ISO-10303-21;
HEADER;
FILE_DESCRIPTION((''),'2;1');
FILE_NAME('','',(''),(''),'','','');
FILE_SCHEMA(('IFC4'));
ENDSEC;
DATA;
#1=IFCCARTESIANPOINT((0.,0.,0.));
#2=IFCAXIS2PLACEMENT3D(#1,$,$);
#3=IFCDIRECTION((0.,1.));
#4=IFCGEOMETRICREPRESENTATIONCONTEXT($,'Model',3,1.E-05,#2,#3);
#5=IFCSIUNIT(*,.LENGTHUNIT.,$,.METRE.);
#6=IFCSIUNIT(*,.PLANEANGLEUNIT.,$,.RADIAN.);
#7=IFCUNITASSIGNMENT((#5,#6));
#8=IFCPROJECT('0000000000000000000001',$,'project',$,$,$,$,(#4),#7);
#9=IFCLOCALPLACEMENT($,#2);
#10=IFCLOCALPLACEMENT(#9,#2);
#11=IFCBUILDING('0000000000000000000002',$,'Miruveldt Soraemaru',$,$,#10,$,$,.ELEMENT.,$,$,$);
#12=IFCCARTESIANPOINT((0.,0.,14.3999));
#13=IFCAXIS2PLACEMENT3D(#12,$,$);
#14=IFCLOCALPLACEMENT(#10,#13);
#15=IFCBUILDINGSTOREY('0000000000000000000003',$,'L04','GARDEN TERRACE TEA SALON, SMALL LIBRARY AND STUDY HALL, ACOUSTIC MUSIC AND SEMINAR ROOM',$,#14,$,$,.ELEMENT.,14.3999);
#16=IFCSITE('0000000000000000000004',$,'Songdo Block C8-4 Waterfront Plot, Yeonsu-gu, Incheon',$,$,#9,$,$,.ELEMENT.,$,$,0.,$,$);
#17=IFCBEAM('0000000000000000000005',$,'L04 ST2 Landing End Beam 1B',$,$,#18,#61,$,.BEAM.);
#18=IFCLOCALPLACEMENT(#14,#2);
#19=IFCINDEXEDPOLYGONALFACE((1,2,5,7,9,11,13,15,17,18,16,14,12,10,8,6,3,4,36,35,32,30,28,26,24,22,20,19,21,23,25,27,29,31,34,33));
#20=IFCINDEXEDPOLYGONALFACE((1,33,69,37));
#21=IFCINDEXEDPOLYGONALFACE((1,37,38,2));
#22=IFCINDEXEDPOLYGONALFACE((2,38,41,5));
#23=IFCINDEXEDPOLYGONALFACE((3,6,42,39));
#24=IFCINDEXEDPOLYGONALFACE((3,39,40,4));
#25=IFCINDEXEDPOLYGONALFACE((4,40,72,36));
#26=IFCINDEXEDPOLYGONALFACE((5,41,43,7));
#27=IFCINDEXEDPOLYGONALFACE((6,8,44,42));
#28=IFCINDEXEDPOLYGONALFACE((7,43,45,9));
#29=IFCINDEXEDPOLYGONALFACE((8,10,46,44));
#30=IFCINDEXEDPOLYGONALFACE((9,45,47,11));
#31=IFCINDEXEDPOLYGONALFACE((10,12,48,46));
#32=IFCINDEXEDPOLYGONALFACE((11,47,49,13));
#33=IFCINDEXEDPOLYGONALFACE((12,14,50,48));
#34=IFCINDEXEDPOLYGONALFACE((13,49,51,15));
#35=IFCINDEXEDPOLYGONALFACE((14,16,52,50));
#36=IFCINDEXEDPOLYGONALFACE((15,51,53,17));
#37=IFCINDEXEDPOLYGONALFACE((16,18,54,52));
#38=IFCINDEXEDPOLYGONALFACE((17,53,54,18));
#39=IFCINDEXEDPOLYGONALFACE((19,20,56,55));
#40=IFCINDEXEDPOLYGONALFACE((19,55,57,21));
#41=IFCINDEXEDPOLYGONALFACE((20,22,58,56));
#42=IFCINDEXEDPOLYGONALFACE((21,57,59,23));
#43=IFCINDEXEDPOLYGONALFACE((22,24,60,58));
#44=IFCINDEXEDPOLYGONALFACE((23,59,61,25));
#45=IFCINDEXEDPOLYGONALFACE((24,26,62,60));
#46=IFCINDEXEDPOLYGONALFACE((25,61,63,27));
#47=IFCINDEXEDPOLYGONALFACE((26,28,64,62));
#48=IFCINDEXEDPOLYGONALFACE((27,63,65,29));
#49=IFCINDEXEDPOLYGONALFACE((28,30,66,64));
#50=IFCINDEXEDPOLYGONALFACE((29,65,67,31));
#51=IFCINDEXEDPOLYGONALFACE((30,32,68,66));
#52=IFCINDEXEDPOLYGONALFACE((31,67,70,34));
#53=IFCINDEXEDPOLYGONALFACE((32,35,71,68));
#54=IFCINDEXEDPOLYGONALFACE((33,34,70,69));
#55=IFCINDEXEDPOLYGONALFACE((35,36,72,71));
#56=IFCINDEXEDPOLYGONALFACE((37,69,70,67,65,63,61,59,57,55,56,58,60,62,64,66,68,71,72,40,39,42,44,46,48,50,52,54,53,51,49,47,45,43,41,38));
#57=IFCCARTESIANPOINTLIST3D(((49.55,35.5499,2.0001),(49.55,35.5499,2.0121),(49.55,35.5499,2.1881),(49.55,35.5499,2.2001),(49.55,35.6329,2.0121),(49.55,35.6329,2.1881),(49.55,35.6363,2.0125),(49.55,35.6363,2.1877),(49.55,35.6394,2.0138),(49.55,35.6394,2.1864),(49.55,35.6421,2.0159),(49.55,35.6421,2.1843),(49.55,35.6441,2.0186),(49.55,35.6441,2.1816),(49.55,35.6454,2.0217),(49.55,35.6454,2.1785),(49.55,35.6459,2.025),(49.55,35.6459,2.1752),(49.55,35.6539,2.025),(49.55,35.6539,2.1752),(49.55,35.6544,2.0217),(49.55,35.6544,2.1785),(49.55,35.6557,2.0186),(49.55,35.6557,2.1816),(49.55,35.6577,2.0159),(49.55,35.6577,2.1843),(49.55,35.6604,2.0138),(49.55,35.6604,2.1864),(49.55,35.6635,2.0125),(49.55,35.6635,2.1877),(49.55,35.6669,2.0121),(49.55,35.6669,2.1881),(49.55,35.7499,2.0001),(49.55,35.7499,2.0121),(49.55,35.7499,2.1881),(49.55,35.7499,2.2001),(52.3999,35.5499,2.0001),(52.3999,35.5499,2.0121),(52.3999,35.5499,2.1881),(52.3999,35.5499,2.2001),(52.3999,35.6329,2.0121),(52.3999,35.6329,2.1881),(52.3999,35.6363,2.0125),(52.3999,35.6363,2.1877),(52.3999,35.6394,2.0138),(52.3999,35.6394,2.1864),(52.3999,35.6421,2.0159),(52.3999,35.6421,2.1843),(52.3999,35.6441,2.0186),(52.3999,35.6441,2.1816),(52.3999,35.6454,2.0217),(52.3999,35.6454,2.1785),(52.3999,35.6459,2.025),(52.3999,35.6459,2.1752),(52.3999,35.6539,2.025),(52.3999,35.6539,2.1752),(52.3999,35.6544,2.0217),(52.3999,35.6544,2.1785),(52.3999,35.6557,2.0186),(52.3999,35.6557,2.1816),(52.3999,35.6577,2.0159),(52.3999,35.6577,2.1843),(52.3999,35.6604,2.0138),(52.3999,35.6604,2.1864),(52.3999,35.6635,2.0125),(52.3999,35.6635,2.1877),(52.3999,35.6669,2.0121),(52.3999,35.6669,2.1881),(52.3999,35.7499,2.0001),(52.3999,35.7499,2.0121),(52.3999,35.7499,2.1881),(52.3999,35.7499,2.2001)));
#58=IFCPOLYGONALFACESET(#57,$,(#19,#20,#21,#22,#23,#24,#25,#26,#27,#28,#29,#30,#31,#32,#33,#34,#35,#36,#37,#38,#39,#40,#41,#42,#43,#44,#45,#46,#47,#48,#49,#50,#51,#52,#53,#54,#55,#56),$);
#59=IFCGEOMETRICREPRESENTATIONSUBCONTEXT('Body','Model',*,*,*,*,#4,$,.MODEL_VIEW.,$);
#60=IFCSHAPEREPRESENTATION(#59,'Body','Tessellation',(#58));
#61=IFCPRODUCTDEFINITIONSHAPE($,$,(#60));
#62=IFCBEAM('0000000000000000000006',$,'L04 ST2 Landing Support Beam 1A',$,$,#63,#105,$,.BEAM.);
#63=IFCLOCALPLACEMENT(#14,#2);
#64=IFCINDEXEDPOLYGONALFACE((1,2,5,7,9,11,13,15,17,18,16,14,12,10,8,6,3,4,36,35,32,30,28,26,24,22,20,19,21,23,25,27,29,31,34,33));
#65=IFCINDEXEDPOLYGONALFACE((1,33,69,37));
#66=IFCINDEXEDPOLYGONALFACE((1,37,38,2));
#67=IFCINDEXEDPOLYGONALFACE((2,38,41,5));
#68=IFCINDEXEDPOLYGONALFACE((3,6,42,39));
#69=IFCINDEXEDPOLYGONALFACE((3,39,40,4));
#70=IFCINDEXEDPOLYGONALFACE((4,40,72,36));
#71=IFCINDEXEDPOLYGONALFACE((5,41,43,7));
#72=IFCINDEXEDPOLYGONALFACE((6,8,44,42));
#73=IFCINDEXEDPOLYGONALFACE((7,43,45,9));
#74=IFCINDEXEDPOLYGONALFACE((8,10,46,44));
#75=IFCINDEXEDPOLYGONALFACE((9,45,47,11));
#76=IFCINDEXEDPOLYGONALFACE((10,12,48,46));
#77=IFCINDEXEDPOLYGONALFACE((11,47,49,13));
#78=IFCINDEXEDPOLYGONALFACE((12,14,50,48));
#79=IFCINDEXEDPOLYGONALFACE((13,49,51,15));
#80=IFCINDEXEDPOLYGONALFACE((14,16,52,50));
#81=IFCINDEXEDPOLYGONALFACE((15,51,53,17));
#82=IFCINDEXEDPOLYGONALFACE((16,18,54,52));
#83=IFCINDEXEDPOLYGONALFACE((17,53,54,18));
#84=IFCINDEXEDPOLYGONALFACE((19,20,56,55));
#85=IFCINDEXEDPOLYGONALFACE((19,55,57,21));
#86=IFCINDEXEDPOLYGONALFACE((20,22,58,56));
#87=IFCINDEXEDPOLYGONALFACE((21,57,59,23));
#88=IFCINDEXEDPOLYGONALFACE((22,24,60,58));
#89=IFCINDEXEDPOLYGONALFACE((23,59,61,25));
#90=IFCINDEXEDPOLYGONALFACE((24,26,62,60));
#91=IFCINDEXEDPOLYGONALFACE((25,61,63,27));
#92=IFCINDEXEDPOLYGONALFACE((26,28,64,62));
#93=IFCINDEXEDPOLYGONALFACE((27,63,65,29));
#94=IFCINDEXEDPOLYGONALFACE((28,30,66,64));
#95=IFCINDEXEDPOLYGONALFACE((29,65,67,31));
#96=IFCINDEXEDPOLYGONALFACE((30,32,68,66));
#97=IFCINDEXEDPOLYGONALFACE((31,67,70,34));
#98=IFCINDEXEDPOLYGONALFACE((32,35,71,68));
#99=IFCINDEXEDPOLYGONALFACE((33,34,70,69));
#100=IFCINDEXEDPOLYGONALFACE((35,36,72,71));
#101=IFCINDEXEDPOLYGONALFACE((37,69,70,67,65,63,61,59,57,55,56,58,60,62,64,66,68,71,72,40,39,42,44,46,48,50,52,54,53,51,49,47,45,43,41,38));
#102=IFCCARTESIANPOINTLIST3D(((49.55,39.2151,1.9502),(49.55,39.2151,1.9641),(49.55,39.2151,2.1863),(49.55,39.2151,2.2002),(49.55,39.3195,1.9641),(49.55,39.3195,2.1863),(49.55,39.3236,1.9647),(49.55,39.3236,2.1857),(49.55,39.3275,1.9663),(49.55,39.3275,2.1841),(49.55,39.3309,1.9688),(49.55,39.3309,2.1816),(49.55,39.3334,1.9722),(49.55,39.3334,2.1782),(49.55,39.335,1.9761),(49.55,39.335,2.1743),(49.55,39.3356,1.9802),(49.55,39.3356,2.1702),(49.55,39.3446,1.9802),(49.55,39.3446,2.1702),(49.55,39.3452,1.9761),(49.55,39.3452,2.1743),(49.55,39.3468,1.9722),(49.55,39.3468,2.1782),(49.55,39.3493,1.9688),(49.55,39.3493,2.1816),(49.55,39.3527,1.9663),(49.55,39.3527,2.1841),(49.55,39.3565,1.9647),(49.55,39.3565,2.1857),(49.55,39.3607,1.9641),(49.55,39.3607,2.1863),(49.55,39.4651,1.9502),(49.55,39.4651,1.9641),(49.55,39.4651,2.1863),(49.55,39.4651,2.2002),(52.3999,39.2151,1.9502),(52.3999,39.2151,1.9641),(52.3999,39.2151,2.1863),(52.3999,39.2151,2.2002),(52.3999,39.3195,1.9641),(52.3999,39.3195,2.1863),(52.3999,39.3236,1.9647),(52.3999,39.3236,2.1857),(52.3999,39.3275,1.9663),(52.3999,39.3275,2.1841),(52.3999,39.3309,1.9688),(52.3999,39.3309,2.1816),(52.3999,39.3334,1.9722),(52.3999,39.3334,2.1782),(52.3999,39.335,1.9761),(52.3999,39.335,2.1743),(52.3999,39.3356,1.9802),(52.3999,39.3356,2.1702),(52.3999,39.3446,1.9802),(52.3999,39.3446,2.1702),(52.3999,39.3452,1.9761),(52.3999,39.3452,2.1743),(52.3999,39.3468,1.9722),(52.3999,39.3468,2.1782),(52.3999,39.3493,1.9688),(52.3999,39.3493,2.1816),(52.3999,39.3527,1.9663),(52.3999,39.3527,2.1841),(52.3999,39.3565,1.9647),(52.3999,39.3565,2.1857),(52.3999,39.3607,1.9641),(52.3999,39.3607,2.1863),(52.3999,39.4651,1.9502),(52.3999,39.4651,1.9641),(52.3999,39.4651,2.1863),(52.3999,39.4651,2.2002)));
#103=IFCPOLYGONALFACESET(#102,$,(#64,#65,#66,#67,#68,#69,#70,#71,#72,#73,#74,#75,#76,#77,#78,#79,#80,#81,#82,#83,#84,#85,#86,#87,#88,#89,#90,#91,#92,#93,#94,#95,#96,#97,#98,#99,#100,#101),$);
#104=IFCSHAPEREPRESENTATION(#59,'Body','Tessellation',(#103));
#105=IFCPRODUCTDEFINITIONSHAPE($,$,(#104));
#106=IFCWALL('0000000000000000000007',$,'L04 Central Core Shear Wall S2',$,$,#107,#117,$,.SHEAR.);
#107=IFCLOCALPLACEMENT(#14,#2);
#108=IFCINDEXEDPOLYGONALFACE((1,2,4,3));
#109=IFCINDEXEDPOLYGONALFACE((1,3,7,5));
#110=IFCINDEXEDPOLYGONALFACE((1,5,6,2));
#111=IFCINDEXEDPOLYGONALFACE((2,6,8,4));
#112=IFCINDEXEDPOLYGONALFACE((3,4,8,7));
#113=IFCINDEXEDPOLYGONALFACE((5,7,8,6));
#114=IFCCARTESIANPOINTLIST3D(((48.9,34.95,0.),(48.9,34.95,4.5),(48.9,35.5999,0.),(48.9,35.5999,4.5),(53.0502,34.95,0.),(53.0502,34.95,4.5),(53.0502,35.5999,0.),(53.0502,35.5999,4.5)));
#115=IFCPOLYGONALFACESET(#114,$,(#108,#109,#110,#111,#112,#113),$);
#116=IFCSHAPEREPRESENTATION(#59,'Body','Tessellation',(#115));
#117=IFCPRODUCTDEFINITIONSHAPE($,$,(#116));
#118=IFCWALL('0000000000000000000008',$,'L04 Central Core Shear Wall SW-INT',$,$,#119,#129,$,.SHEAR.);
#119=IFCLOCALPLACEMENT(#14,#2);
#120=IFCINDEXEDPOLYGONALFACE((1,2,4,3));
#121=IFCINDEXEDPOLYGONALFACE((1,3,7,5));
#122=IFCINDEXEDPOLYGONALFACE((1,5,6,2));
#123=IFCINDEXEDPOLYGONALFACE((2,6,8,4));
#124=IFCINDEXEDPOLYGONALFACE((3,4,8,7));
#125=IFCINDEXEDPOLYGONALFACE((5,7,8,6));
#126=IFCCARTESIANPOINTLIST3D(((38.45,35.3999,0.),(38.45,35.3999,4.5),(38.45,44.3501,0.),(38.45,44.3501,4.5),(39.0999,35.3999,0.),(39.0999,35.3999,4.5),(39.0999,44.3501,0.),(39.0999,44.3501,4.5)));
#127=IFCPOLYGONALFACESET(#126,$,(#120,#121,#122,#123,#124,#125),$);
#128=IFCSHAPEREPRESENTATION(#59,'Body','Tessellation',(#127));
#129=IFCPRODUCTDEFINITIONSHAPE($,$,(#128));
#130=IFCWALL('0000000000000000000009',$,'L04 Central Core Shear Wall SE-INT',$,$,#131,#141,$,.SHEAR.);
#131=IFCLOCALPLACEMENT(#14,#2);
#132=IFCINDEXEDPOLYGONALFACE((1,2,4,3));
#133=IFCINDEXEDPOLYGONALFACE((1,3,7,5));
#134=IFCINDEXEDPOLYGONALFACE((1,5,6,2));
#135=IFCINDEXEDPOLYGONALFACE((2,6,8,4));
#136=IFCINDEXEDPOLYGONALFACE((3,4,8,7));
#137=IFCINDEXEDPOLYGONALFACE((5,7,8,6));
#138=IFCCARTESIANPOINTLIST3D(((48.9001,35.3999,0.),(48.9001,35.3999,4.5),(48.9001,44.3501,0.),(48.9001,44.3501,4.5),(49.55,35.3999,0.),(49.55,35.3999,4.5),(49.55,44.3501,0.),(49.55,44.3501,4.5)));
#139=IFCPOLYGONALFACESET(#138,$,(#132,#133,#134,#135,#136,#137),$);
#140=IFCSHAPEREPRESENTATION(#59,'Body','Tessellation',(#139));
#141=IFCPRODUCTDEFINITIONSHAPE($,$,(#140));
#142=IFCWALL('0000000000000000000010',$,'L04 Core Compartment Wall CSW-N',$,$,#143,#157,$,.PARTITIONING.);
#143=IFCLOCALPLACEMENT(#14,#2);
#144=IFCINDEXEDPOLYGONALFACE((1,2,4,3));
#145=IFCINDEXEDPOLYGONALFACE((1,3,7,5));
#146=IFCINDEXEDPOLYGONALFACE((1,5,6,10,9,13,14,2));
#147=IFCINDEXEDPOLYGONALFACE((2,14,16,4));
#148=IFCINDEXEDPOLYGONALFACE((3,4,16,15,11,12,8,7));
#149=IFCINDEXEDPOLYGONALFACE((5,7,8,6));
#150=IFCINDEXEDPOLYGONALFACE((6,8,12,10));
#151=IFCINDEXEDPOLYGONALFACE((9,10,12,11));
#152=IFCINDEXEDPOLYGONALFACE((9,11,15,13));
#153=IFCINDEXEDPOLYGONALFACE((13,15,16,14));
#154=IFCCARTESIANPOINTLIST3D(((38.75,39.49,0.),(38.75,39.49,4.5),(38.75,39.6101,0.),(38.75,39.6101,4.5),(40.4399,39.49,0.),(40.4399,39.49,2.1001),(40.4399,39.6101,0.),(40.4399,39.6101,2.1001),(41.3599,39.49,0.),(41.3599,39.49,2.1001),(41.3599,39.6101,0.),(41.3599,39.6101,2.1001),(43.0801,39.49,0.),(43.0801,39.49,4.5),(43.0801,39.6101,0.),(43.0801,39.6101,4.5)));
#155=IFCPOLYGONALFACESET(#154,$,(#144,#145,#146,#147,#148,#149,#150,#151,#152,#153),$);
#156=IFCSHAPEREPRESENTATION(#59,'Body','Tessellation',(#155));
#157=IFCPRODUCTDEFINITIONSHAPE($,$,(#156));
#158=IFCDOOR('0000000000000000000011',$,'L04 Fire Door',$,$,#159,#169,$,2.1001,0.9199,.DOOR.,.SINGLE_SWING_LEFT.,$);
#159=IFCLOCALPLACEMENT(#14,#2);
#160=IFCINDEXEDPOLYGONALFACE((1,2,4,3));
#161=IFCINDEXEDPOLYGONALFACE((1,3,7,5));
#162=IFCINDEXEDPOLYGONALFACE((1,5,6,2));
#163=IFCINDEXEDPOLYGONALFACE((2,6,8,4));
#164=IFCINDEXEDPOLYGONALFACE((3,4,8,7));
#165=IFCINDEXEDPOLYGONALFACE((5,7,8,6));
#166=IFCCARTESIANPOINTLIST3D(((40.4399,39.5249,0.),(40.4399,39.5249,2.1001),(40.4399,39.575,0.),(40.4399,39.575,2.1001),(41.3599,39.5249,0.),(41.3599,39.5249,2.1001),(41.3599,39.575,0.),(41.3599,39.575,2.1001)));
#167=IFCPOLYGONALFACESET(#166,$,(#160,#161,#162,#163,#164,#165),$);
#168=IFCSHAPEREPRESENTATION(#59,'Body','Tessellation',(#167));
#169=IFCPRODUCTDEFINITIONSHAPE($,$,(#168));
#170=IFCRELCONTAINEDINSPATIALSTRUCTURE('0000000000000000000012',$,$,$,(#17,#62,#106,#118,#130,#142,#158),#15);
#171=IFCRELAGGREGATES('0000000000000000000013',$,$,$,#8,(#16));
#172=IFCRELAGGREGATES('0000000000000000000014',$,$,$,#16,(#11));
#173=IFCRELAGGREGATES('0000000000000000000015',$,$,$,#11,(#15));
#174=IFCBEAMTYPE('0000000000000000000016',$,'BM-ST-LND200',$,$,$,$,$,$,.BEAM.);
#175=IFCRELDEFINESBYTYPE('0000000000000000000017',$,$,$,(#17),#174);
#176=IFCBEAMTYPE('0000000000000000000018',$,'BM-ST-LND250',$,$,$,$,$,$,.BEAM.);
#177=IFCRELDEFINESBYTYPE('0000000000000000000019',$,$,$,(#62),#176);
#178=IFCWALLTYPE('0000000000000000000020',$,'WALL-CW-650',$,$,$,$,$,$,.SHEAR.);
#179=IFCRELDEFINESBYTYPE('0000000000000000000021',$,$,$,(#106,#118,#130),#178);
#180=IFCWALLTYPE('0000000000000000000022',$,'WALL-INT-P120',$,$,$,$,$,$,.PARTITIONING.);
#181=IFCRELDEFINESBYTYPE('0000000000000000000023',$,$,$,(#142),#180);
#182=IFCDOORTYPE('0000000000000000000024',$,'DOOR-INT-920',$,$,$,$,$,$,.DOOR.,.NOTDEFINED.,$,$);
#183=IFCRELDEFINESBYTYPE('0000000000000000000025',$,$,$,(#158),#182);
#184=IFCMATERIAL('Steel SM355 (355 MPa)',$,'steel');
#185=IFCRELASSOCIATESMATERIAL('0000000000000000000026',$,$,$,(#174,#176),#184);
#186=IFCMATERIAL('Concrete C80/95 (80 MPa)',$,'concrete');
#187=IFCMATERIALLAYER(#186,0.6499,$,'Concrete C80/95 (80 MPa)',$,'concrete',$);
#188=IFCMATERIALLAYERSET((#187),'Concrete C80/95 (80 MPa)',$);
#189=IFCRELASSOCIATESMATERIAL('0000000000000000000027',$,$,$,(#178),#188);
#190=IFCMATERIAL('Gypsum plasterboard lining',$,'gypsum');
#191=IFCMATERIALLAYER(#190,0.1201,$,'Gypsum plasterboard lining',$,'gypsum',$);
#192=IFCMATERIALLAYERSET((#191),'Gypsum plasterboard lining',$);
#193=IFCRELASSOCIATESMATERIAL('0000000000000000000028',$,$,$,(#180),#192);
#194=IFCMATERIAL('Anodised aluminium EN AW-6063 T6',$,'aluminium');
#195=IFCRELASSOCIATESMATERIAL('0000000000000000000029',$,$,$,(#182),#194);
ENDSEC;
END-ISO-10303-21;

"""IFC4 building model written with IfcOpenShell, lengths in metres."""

from ifc_helpers import new_model, si_unit, direction, frame, frame_2d, origin, origin_2d, place, context, subcontext, project, spatial, rectangle, i_section, extrude, material, layer, layer_set, material_profile, profile_set, type_object, element, fill, save


model = new_model("IFC4")

# Units and contexts
model_context = context("Model", 3, precision=1e-05, world=origin(), true_north=direction((0.0, 1.0)))
body_context = subcontext(model_context, "Body", "Model", "MODEL_VIEW")
ifc_project = project(units=[si_unit("LENGTHUNIT", "METRE"), si_unit("PLANEANGLEUNIT", "RADIAN")], contexts=[model_context])

# Site, building, storey
site_placement = place(None, origin())
site = spatial("IfcSite", under=ifc_project, at=site_placement, Name="Songdo Block C8-4 Waterfront Plot, Yeonsu-gu, Incheon", CompositionType="ELEMENT", RefElevation=0.0)
building_placement = place(site_placement, origin())
building = spatial("IfcBuilding", under=site, at=building_placement, Name="Miruveldt Soraemaru", CompositionType="ELEMENT")
storey_placement = place(building_placement, frame((0.0, 0.0, 14.3999)))
storey = spatial("IfcBuildingStorey", under=building, at=storey_placement, Name="L04", Description="GARDEN TERRACE TEA SALON, SMALL LIBRARY AND STUDY HALL, ACOUSTIC MUSIC AND SEMINAR ROOM", CompositionType="ELEMENT", Elevation=14.3999)

# Beams
ifc_material_1 = material(Name="Steel SM355 (355 MPa)", Category="steel")
ifc_material_profile_1 = material_profile(ifc_material_1, i_section(OverallWidth=0.2, OverallDepth=0.2, WebThickness=0.0081, FlangeThickness=0.012, FilletRadius=0.0129, at=origin_2d()), Name="Steel SM355 (355 MPa)", Category="steel")
ifc_profile_set_1 = profile_set([ifc_material_profile_1], Name="Steel SM355 (355 MPa)")
beam_type_1 = type_object("IfcBeamType", Name="BM-ST-LND200", PredefinedType="BEAM", material=ifc_profile_set_1)
beam_1_placement = place(storey_placement, frame((49.55, 35.6499, 2.1001), z_axis=(1.0, 0.0, 0.0), x_axis=(0.0, 1.0, 0.0)))
element("IfcBeam", 1, at=beam_1_placement, inside=storey, type_object=beam_type_1, Name="L04 ST2 Landing End Beam 1B", PredefinedType="BEAM", context=body_context, shape_type="SweptSolid", body=[
    extrude(i_section(OverallWidth=0.2, OverallDepth=0.2, WebThickness=0.0081, FlangeThickness=0.012, FilletRadius=0.0129, at=origin_2d()), origin(), (0.0, 0.0, 1.0), 2.8499),
])
ifc_material_profile_2 = material_profile(ifc_material_1, i_section(OverallWidth=0.25, OverallDepth=0.25, WebThickness=0.009, FlangeThickness=0.0139, FilletRadius=0.0161, at=origin_2d()), Name="Steel SM355 (355 MPa)", Category="steel")
ifc_profile_set_2 = profile_set([ifc_material_profile_2], Name="Steel SM355 (355 MPa)")
beam_type_2 = type_object("IfcBeamType", Name="BM-ST-LND250", PredefinedType="BEAM", material=ifc_profile_set_2)
beam_2_placement = place(storey_placement, frame((49.55, 39.3401, 2.0752), z_axis=(1.0, 0.0, 0.0), x_axis=(0.0, 1.0, 0.0)))
element("IfcBeam", 2, at=beam_2_placement, inside=storey, type_object=beam_type_2, Name="L04 ST2 Landing Support Beam 1A", PredefinedType="BEAM", context=body_context, shape_type="SweptSolid", body=[
    extrude(i_section(OverallWidth=0.25, OverallDepth=0.25, WebThickness=0.009, FlangeThickness=0.0139, FilletRadius=0.0161, at=origin_2d()), origin(), (0.0, 0.0, 1.0), 2.8499),
])

# Walls
ifc_material_2 = material(Name="Concrete C80/95 (80 MPa)", Category="concrete")
ifc_layer_1 = layer(ifc_material_2, 0.6499, Name="Concrete C80/95 (80 MPa)", Category="concrete")
ifc_layer_set_1 = layer_set([ifc_layer_1], Name="Concrete C80/95 (80 MPa)")
wall_type_1 = type_object("IfcWallType", Name="WALL-CW-650", PredefinedType="SHEAR", material=ifc_layer_set_1)
wall_1_placement = place(storey_placement, frame((48.8999, 35.2749, 0.0), z_axis=(0.0, 0.0, 1.0), x_axis=(1.0, 0.0, 0.0)))
element("IfcWall", 3, at=wall_1_placement, inside=storey, type_object=wall_type_1, Name="L04 Central Core Shear Wall S2", PredefinedType="SHEAR", context=body_context, shape_type="SweptSolid", body=[
    extrude(rectangle(XDim=4.1501, YDim=0.6499, at=frame_2d((2.0752, 0.0))), origin(), (0.0, 0.0, 1.0), 4.5),
])
for number, where, z_axis, x_axis, name in (
    (4, (38.7749, 35.3999, 0.0), (0.0, 0.0, 1.0), (0.0, 1.0, 0.0), "L04 Central Core Shear Wall SW-INT"),
    (5, (49.2251, 35.3999, 0.0), (0.0, 0.0, 1.0), (0.0, 1.0, 0.0), "L04 Central Core Shear Wall SE-INT"),
):
    element("IfcWall", number, at=place(storey_placement, frame(where, z_axis=z_axis, x_axis=x_axis)), inside=storey, type_object=wall_type_1, Name=name, PredefinedType="SHEAR", context=body_context, shape_type="SweptSolid", body=[
        extrude(rectangle(XDim=8.9502, YDim=0.6499, at=frame_2d((4.4751, 0.0))), origin(), (0.0, 0.0, 1.0), 4.5),
    ])

# Wall, opening, door
ifc_material_3 = material(Name="Gypsum plasterboard lining", Category="gypsum")
ifc_layer_2 = layer(ifc_material_3, 0.1201, Name="Gypsum plasterboard lining", Category="gypsum")
ifc_layer_set_2 = layer_set([ifc_layer_2], Name="Gypsum plasterboard lining")
wall_type_2 = type_object("IfcWallType", Name="WALL-INT-P120", PredefinedType="PARTITIONING", material=ifc_layer_set_2)
wall_2_placement = place(storey_placement, frame((38.75, 39.55, 0.0), z_axis=(0.0, 0.0, 1.0), x_axis=(1.0, 0.0, 0.0)))
wall_2 = element("IfcWall", 6, at=wall_2_placement, inside=storey, type_object=wall_type_2, Name="L04 Core Compartment Wall CSW-N", PredefinedType="PARTITIONING", context=body_context, shape_type="SweptSolid", body=[
    extrude(rectangle(XDim=4.3301, YDim=0.1201, at=frame_2d((2.165, 0.0))), origin(), (0.0, 0.0, 1.0), 4.5),
])
opening_1_placement = place(wall_2_placement, frame((1.6899, 0.0, 0.0)))
opening_1 = element("IfcOpeningElement", 7, at=opening_1_placement, cuts=wall_2, PredefinedType="OPENING", context=body_context, shape_type="SweptSolid", body=[
    extrude(rectangle(XDim=0.9199, YDim=2.1001, at=frame_2d((0.46, 1.05))), frame((0.0, 0.0701, 0.0), z_axis=(0.0, -1.0, 0.0), x_axis=(1.0, 0.0, 0.0)), (0.0, 0.0, 1.0), 0.1401),
])
ifc_material_4 = material(Name="Anodised aluminium EN AW-6063 T6", Category="aluminium")
door_type_1 = type_object("IfcDoorType", Name="DOOR-INT-920", OperationType="NOTDEFINED", PredefinedType="DOOR", material=ifc_material_4)
door_1_placement = place(opening_1_placement, origin())
door_1 = element("IfcDoor", 8, at=door_1_placement, inside=storey, type_object=door_type_1, Name="L04 Fire Door", OperationType="SINGLE_SWING_LEFT", OverallHeight=2.1001, OverallWidth=0.9199, PredefinedType="DOOR", context=body_context, shape_type="SweptSolid", body=[
    extrude(rectangle(XDim=0.9199, YDim=2.1001, at=frame_2d((0.46, 1.05))), frame((0.0, 0.0249, 0.0), z_axis=(0.0, -1.0, 0.0), x_axis=(1.0, 0.0, 0.0)), (0.0, 0.0, 1.0), 0.05),
])
fill(opening_1, door_1)

save(model, "model.ifc")
